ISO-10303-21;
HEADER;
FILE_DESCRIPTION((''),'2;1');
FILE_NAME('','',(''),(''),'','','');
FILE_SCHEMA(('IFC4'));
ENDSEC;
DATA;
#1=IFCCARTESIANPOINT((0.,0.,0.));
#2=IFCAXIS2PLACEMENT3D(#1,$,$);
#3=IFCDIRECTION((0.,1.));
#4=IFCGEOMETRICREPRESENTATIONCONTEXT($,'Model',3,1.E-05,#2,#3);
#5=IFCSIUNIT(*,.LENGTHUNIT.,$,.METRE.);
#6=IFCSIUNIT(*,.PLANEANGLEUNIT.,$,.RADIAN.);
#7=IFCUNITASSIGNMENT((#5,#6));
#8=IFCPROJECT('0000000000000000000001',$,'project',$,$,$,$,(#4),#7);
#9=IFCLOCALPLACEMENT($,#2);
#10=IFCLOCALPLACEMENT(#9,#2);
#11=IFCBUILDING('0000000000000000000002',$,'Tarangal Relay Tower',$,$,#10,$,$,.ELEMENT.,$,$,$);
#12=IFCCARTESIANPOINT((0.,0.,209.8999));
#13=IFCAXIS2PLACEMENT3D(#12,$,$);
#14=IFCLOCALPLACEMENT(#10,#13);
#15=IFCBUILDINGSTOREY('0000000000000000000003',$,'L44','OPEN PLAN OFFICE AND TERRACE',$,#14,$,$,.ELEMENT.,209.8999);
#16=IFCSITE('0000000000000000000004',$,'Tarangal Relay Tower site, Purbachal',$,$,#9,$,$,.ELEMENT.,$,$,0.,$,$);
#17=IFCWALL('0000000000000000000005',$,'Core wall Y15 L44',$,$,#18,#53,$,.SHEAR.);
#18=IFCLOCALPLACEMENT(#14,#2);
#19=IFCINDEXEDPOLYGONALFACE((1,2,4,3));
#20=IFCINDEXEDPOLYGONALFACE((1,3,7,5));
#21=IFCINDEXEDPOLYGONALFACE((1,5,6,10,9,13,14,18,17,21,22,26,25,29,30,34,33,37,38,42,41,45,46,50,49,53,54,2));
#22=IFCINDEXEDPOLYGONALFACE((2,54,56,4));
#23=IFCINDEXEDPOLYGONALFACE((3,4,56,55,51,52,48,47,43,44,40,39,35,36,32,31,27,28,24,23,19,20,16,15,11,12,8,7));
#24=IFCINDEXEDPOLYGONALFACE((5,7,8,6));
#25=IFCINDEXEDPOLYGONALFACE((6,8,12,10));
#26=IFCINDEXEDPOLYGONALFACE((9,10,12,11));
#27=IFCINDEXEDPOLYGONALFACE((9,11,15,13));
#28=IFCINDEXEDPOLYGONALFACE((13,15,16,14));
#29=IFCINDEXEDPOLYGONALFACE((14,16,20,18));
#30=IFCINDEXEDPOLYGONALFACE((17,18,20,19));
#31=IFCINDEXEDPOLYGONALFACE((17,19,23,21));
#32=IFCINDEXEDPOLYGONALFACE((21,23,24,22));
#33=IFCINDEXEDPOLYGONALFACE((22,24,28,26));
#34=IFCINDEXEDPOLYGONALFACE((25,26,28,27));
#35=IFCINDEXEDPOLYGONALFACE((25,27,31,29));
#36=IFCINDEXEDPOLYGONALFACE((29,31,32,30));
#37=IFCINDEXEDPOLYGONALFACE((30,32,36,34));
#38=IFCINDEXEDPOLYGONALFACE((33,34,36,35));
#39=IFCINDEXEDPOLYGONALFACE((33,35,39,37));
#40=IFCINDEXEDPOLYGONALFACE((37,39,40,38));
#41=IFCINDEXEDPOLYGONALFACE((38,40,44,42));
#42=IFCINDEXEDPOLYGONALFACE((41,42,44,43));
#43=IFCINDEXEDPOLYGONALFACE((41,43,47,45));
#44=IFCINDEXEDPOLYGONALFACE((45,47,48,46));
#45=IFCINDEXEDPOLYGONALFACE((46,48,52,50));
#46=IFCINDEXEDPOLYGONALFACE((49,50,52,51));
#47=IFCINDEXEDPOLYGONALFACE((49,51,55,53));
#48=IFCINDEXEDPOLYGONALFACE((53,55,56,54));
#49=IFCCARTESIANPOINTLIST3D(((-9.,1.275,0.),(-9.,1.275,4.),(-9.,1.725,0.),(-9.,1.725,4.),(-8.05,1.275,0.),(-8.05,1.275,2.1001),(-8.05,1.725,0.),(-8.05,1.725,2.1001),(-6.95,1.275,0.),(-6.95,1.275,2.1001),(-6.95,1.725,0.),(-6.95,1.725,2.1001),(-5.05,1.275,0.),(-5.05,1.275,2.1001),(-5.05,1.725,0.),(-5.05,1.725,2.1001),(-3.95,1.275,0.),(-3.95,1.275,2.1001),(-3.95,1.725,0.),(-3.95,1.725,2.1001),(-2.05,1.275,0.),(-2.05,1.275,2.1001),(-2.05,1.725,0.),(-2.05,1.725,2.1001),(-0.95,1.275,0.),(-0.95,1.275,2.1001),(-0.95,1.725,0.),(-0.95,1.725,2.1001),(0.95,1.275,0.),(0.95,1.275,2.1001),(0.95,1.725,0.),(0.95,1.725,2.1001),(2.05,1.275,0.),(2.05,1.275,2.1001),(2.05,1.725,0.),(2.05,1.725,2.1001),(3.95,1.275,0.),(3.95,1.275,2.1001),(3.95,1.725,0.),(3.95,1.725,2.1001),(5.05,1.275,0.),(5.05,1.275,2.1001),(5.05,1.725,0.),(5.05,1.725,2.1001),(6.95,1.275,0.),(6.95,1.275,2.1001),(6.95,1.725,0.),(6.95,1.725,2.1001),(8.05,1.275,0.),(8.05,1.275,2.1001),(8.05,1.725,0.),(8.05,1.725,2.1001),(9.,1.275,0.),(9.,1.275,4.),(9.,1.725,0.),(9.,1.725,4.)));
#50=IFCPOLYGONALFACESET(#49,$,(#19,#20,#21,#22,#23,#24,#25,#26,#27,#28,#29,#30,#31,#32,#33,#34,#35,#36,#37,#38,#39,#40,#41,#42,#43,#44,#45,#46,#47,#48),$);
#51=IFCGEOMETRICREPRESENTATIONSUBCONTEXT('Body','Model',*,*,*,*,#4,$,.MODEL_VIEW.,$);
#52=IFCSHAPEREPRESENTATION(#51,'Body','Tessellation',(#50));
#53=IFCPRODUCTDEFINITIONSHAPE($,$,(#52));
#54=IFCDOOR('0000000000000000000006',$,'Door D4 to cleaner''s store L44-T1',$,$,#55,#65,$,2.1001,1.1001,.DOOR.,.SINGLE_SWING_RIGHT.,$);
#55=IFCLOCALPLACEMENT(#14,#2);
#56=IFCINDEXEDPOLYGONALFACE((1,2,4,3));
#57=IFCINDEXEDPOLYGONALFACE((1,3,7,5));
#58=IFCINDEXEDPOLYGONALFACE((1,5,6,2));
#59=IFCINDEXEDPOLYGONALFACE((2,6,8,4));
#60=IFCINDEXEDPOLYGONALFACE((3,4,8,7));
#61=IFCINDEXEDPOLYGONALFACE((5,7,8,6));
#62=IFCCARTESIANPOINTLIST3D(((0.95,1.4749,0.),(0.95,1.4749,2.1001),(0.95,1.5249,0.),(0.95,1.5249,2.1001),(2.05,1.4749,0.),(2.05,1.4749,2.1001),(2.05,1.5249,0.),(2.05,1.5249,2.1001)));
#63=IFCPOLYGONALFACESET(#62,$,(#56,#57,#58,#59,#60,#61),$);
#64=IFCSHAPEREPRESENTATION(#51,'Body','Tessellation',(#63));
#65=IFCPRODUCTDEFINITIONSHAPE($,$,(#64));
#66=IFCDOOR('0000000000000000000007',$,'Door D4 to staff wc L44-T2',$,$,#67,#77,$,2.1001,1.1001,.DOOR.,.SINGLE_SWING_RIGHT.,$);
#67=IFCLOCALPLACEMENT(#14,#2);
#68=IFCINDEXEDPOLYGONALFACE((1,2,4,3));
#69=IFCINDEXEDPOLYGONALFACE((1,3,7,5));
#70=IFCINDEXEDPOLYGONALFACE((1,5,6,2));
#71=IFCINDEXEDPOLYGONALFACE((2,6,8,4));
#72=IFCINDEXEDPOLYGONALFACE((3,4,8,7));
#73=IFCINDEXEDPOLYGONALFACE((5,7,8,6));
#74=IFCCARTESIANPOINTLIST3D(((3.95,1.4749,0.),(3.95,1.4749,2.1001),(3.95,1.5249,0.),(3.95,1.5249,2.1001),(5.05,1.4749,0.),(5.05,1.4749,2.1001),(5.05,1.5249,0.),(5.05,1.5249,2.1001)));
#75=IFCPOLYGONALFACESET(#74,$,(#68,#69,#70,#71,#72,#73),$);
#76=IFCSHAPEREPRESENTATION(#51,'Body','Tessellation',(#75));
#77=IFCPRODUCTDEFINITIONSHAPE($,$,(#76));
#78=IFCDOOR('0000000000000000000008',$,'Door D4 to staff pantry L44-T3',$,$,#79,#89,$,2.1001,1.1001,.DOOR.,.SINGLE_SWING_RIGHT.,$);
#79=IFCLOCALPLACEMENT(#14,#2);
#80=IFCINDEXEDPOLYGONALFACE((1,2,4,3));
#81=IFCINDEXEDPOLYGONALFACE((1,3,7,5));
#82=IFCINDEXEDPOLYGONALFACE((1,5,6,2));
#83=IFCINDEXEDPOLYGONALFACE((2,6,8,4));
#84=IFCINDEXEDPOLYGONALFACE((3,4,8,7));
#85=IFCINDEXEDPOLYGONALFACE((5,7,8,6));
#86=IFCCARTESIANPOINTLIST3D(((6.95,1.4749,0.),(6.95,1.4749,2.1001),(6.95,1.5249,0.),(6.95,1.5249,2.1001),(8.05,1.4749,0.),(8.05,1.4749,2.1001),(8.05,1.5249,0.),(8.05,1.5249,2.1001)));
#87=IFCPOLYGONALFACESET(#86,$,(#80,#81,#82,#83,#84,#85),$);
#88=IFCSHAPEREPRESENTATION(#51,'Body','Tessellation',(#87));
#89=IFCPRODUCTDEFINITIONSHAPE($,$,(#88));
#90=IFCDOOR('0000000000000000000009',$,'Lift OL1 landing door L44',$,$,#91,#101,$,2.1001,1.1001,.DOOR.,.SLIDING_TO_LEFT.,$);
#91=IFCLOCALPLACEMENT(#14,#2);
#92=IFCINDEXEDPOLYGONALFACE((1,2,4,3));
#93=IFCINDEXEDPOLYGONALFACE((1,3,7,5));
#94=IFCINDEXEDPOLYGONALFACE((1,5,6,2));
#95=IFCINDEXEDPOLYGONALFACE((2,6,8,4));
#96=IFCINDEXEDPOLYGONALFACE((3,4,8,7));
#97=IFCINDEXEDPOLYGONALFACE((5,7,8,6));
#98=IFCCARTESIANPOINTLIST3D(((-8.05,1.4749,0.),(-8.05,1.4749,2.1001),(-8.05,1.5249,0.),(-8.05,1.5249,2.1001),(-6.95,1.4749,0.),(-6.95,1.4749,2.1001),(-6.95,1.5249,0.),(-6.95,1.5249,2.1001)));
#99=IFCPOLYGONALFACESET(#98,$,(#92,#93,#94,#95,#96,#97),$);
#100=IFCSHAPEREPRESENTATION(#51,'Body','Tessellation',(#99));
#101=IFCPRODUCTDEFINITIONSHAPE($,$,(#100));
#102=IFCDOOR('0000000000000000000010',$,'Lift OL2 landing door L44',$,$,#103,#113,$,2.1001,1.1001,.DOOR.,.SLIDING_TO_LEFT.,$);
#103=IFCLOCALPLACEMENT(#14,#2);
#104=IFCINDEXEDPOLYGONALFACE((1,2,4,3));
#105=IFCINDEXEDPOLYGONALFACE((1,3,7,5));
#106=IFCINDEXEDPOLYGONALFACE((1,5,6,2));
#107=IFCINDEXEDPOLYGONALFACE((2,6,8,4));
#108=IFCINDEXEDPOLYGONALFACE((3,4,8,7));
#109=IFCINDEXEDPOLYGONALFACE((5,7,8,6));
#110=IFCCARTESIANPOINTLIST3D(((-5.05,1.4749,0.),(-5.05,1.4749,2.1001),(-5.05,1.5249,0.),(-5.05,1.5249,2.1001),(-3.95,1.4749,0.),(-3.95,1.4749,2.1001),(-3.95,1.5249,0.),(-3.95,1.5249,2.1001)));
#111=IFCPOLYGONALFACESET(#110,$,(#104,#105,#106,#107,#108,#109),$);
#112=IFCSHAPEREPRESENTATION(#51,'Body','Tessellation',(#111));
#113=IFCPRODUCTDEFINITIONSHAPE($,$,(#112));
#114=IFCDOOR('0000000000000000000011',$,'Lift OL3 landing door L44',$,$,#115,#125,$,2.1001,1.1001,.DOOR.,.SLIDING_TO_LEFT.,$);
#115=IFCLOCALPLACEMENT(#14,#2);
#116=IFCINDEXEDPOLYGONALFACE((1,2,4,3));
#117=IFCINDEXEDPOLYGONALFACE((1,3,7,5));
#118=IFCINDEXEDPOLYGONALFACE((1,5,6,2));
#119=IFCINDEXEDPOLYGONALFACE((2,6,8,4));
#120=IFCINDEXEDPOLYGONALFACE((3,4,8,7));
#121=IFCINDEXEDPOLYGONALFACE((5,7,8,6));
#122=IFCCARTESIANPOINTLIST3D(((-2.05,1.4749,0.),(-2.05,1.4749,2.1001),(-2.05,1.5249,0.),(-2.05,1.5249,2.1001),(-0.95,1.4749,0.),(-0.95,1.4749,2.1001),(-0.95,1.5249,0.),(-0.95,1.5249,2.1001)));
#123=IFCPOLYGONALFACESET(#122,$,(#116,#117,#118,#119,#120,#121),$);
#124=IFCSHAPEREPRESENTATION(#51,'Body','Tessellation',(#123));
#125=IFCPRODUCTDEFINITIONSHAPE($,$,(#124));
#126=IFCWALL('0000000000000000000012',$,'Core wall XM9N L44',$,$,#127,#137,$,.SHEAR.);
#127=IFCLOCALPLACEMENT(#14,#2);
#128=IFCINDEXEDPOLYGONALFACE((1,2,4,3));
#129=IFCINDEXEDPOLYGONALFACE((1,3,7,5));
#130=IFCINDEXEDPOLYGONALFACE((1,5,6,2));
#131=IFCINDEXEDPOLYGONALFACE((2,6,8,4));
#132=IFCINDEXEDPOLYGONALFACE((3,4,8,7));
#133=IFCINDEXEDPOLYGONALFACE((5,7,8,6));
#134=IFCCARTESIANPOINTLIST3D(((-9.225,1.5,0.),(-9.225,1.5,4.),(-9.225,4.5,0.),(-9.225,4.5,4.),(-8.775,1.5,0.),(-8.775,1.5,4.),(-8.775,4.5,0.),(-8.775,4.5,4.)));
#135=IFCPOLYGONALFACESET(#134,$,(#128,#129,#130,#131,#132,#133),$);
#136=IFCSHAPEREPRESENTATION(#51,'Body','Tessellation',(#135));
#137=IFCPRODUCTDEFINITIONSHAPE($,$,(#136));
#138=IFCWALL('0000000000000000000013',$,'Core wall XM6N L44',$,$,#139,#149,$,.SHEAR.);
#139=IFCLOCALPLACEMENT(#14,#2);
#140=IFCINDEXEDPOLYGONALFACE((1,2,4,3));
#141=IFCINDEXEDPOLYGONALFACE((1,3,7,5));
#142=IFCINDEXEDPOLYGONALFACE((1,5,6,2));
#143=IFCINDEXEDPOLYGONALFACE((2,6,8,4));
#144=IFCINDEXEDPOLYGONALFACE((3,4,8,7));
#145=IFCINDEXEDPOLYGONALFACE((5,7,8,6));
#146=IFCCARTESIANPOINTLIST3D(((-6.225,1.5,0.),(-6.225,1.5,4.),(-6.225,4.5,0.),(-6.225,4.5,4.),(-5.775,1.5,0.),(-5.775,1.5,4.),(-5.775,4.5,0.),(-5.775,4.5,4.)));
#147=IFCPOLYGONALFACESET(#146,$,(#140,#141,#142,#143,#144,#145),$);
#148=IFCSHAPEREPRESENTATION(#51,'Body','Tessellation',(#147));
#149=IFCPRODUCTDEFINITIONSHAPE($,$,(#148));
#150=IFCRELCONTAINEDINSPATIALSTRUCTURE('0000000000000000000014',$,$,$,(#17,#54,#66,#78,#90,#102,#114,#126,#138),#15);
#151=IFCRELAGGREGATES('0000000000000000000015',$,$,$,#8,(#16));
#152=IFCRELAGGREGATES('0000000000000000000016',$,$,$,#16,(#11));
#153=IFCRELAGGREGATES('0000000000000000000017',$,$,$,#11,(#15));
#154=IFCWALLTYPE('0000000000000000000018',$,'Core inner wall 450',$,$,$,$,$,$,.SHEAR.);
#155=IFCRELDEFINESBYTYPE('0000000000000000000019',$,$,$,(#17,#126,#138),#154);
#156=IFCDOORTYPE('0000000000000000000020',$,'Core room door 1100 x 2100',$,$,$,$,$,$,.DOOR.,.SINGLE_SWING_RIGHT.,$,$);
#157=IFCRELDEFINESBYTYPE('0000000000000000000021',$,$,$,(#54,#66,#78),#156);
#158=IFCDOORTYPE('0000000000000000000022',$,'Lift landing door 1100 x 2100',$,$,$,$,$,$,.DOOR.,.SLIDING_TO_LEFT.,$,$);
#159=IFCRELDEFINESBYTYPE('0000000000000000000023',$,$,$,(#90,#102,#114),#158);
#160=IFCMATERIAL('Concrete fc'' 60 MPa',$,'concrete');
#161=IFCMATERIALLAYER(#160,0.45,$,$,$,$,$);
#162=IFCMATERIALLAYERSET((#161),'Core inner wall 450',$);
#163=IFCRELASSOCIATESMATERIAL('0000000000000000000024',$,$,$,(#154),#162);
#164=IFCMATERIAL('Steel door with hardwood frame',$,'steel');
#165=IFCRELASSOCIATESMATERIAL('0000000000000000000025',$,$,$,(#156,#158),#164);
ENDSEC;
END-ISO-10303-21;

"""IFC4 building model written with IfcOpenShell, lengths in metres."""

from ifc_helpers import new_model, si_unit, direction, frame, frame_2d, origin, place, context, subcontext, project, spatial, rectangle, extrude, material, layer, layer_set, type_object, element, fill, save


model = new_model("IFC4")

# Units and contexts
model_context = context("Model", 3, precision=1e-05, world=origin(), true_north=direction((0.0, 1.0)))
body_context = subcontext(model_context, "Body", "Model", "MODEL_VIEW")
ifc_project = project(units=[si_unit("LENGTHUNIT", "METRE"), si_unit("PLANEANGLEUNIT", "RADIAN")], contexts=[model_context])

# Site, building, storey
site_placement = place(None, origin())
site = spatial("IfcSite", under=ifc_project, at=site_placement, Name="Tarangal Relay Tower site, Purbachal", CompositionType="ELEMENT", RefElevation=0.0)
building_placement = place(site_placement, origin())
building = spatial("IfcBuilding", under=site, at=building_placement, Name="Tarangal Relay Tower", CompositionType="ELEMENT")
storey_placement = place(building_placement, frame((0.0, 0.0, 209.8999)))
storey = spatial("IfcBuildingStorey", under=building, at=storey_placement, Name="L44", Description="OPEN PLAN OFFICE AND TERRACE", CompositionType="ELEMENT", Elevation=209.8999)

# Wall, openings, doors
ifc_material_1 = material(Name="Concrete fc' 60 MPa", Category="concrete")
ifc_layer = layer(ifc_material_1, 0.45)
ifc_layer_set = layer_set([ifc_layer], Name="Core inner wall 450")
wall_type = type_object("IfcWallType", Name="Core inner wall 450", PredefinedType="SHEAR", material=ifc_layer_set)
ifc_material_2 = material(Name="Steel door with hardwood frame", Category="steel")
wall_1_placement = place(storey_placement, frame((-9.0, 1.5, 0.0), z_axis=(0.0, 0.0, 1.0), x_axis=(1.0, 0.0, 0.0)))
wall_1 = element("IfcWall", 1, at=wall_1_placement, inside=storey, type_object=wall_type, Name="Core wall Y15 L44", PredefinedType="SHEAR", context=body_context, shape_type="SweptSolid", body=[
    extrude(rectangle(XDim=18.0, YDim=0.45, at=frame_2d((9.0, 0.0))), origin(), (0.0, 0.0, 1.0), 4.0),
])
opening_1_placement = place(wall_1_placement, frame((0.95, 0.0, 0.0)))
opening_1 = element("IfcOpeningElement", 2, at=opening_1_placement, cuts=wall_1, PredefinedType="OPENING", context=body_context, shape_type="SweptSolid", body=[
    extrude(rectangle(XDim=1.1001, YDim=2.1001, at=frame_2d((0.55, 1.05))), frame((0.0, 0.2349, 0.0), z_axis=(0.0, -1.0, 0.0), x_axis=(1.0, 0.0, 0.0)), (0.0, 0.0, 1.0), 0.47),
])
opening_2_placement = place(wall_1_placement, frame((3.95, 0.0, 0.0)))
opening_2 = element("IfcOpeningElement", 3, at=opening_2_placement, cuts=wall_1, PredefinedType="OPENING", context=body_context, shape_type="SweptSolid", body=[
    extrude(rectangle(XDim=1.1001, YDim=2.1001, at=frame_2d((0.55, 1.05))), frame((0.0, 0.2349, 0.0), z_axis=(0.0, -1.0, 0.0), x_axis=(1.0, 0.0, 0.0)), (0.0, 0.0, 1.0), 0.47),
])
opening_3_placement = place(wall_1_placement, frame((6.95, 0.0, 0.0)))
opening_3 = element("IfcOpeningElement", 4, at=opening_3_placement, cuts=wall_1, PredefinedType="OPENING", context=body_context, shape_type="SweptSolid", body=[
    extrude(rectangle(XDim=1.1001, YDim=2.1001, at=frame_2d((0.55, 1.05))), frame((0.0, 0.2349, 0.0), z_axis=(0.0, -1.0, 0.0), x_axis=(1.0, 0.0, 0.0)), (0.0, 0.0, 1.0), 0.47),
])
opening_4_placement = place(wall_1_placement, frame((9.95, 0.0, 0.0)))
opening_4 = element("IfcOpeningElement", 5, at=opening_4_placement, cuts=wall_1, PredefinedType="OPENING", context=body_context, shape_type="SweptSolid", body=[
    extrude(rectangle(XDim=1.1001, YDim=2.1001, at=frame_2d((0.55, 1.05))), frame((0.0, 0.2349, 0.0), z_axis=(0.0, -1.0, 0.0), x_axis=(1.0, 0.0, 0.0)), (0.0, 0.0, 1.0), 0.47),
])
opening_5_placement = place(wall_1_placement, frame((12.95, 0.0, 0.0)))
opening_5 = element("IfcOpeningElement", 6, at=opening_5_placement, cuts=wall_1, PredefinedType="OPENING", context=body_context, shape_type="SweptSolid", body=[
    extrude(rectangle(XDim=1.1001, YDim=2.1001, at=frame_2d((0.55, 1.05))), frame((0.0, 0.2349, 0.0), z_axis=(0.0, -1.0, 0.0), x_axis=(1.0, 0.0, 0.0)), (0.0, 0.0, 1.0), 0.47),
])
opening_6_placement = place(wall_1_placement, frame((15.95, 0.0, 0.0)))
opening_6 = element("IfcOpeningElement", 7, at=opening_6_placement, cuts=wall_1, PredefinedType="OPENING", context=body_context, shape_type="SweptSolid", body=[
    extrude(rectangle(XDim=1.1001, YDim=2.1001, at=frame_2d((0.55, 1.05))), frame((0.0, 0.2349, 0.0), z_axis=(0.0, -1.0, 0.0), x_axis=(1.0, 0.0, 0.0)), (0.0, 0.0, 1.0), 0.47),
])
door_type_1 = type_object("IfcDoorType", Name="Core room door 1100 x 2100", OperationType="SINGLE_SWING_RIGHT", PredefinedType="DOOR", material=ifc_material_2)
door_1_placement = place(opening_4_placement, origin())
door_1 = element("IfcDoor", 8, at=door_1_placement, inside=storey, type_object=door_type_1, Name="Door D4 to cleaner's store L44-T1", OperationType="SINGLE_SWING_RIGHT", OverallHeight=2.1001, OverallWidth=1.1001, PredefinedType="DOOR", context=body_context, shape_type="SweptSolid", body=[
    extrude(rectangle(XDim=1.1001, YDim=2.1001, at=frame_2d((0.55, 1.05))), frame((0.0, 0.0249, 0.0), z_axis=(0.0, -1.0, 0.0), x_axis=(1.0, 0.0, 0.0)), (0.0, 0.0, 1.0), 0.05),
])
fill(opening_4, door_1)
door_2_placement = place(opening_5_placement, origin())
door_2 = element("IfcDoor", 9, at=door_2_placement, inside=storey, type_object=door_type_1, Name="Door D4 to staff wc L44-T2", OperationType="SINGLE_SWING_RIGHT", OverallHeight=2.1001, OverallWidth=1.1001, PredefinedType="DOOR", context=body_context, shape_type="SweptSolid", body=[
    extrude(rectangle(XDim=1.1001, YDim=2.1001, at=frame_2d((0.55, 1.05))), frame((0.0, 0.0249, 0.0), z_axis=(0.0, -1.0, 0.0), x_axis=(1.0, 0.0, 0.0)), (0.0, 0.0, 1.0), 0.05),
])
fill(opening_5, door_2)
door_3_placement = place(opening_6_placement, origin())
door_3 = element("IfcDoor", 10, at=door_3_placement, inside=storey, type_object=door_type_1, Name="Door D4 to staff pantry L44-T3", OperationType="SINGLE_SWING_RIGHT", OverallHeight=2.1001, OverallWidth=1.1001, PredefinedType="DOOR", context=body_context, shape_type="SweptSolid", body=[
    extrude(rectangle(XDim=1.1001, YDim=2.1001, at=frame_2d((0.55, 1.05))), frame((0.0, 0.0249, 0.0), z_axis=(0.0, -1.0, 0.0), x_axis=(1.0, 0.0, 0.0)), (0.0, 0.0, 1.0), 0.05),
])
fill(opening_6, door_3)
door_type_2 = type_object("IfcDoorType", Name="Lift landing door 1100 x 2100", OperationType="SLIDING_TO_LEFT", PredefinedType="DOOR", material=ifc_material_2)
door_4_placement = place(opening_1_placement, origin())
door_4 = element("IfcDoor", 11, at=door_4_placement, inside=storey, type_object=door_type_2, Name="Lift OL1 landing door L44", OperationType="SLIDING_TO_LEFT", OverallHeight=2.1001, OverallWidth=1.1001, PredefinedType="DOOR", context=body_context, shape_type="SweptSolid", body=[
    extrude(rectangle(XDim=1.1001, YDim=2.1001, at=frame_2d((0.55, 1.05))), frame((0.0, 0.0249, 0.0), z_axis=(0.0, -1.0, 0.0), x_axis=(1.0, 0.0, 0.0)), (0.0, 0.0, 1.0), 0.05),
])
fill(opening_1, door_4)
door_5_placement = place(opening_2_placement, origin())
door_5 = element("IfcDoor", 12, at=door_5_placement, inside=storey, type_object=door_type_2, Name="Lift OL2 landing door L44", OperationType="SLIDING_TO_LEFT", OverallHeight=2.1001, OverallWidth=1.1001, PredefinedType="DOOR", context=body_context, shape_type="SweptSolid", body=[
    extrude(rectangle(XDim=1.1001, YDim=2.1001, at=frame_2d((0.55, 1.05))), frame((0.0, 0.0249, 0.0), z_axis=(0.0, -1.0, 0.0), x_axis=(1.0, 0.0, 0.0)), (0.0, 0.0, 1.0), 0.05),
])
fill(opening_2, door_5)
door_6_placement = place(opening_3_placement, origin())
door_6 = element("IfcDoor", 13, at=door_6_placement, inside=storey, type_object=door_type_2, Name="Lift OL3 landing door L44", OperationType="SLIDING_TO_LEFT", OverallHeight=2.1001, OverallWidth=1.1001, PredefinedType="DOOR", context=body_context, shape_type="SweptSolid", body=[
    extrude(rectangle(XDim=1.1001, YDim=2.1001, at=frame_2d((0.55, 1.05))), frame((0.0, 0.0249, 0.0), z_axis=(0.0, -1.0, 0.0), x_axis=(1.0, 0.0, 0.0)), (0.0, 0.0, 1.0), 0.05),
])
fill(opening_3, door_6)

# Walls
for number, where, z_axis, x_axis, name in (
    (14, (-9.0, 1.5, 0.0), (0.0, 0.0, 1.0), (0.0, 1.0, 0.0), "Core wall XM9N L44"),
    (15, (-6.0, 1.5, 0.0), (0.0, 0.0, 1.0), (0.0, 1.0, 0.0), "Core wall XM6N L44"),
):
    element("IfcWall", number, at=place(storey_placement, frame(where, z_axis=z_axis, x_axis=x_axis)), inside=storey, type_object=wall_type, Name=name, PredefinedType="SHEAR", context=body_context, shape_type="SweptSolid", body=[
        extrude(rectangle(XDim=3.0, YDim=0.45, at=frame_2d((1.5, 0.0))), origin(), (0.0, 0.0, 1.0), 4.0),
    ])

save(model, "model.ifc")
